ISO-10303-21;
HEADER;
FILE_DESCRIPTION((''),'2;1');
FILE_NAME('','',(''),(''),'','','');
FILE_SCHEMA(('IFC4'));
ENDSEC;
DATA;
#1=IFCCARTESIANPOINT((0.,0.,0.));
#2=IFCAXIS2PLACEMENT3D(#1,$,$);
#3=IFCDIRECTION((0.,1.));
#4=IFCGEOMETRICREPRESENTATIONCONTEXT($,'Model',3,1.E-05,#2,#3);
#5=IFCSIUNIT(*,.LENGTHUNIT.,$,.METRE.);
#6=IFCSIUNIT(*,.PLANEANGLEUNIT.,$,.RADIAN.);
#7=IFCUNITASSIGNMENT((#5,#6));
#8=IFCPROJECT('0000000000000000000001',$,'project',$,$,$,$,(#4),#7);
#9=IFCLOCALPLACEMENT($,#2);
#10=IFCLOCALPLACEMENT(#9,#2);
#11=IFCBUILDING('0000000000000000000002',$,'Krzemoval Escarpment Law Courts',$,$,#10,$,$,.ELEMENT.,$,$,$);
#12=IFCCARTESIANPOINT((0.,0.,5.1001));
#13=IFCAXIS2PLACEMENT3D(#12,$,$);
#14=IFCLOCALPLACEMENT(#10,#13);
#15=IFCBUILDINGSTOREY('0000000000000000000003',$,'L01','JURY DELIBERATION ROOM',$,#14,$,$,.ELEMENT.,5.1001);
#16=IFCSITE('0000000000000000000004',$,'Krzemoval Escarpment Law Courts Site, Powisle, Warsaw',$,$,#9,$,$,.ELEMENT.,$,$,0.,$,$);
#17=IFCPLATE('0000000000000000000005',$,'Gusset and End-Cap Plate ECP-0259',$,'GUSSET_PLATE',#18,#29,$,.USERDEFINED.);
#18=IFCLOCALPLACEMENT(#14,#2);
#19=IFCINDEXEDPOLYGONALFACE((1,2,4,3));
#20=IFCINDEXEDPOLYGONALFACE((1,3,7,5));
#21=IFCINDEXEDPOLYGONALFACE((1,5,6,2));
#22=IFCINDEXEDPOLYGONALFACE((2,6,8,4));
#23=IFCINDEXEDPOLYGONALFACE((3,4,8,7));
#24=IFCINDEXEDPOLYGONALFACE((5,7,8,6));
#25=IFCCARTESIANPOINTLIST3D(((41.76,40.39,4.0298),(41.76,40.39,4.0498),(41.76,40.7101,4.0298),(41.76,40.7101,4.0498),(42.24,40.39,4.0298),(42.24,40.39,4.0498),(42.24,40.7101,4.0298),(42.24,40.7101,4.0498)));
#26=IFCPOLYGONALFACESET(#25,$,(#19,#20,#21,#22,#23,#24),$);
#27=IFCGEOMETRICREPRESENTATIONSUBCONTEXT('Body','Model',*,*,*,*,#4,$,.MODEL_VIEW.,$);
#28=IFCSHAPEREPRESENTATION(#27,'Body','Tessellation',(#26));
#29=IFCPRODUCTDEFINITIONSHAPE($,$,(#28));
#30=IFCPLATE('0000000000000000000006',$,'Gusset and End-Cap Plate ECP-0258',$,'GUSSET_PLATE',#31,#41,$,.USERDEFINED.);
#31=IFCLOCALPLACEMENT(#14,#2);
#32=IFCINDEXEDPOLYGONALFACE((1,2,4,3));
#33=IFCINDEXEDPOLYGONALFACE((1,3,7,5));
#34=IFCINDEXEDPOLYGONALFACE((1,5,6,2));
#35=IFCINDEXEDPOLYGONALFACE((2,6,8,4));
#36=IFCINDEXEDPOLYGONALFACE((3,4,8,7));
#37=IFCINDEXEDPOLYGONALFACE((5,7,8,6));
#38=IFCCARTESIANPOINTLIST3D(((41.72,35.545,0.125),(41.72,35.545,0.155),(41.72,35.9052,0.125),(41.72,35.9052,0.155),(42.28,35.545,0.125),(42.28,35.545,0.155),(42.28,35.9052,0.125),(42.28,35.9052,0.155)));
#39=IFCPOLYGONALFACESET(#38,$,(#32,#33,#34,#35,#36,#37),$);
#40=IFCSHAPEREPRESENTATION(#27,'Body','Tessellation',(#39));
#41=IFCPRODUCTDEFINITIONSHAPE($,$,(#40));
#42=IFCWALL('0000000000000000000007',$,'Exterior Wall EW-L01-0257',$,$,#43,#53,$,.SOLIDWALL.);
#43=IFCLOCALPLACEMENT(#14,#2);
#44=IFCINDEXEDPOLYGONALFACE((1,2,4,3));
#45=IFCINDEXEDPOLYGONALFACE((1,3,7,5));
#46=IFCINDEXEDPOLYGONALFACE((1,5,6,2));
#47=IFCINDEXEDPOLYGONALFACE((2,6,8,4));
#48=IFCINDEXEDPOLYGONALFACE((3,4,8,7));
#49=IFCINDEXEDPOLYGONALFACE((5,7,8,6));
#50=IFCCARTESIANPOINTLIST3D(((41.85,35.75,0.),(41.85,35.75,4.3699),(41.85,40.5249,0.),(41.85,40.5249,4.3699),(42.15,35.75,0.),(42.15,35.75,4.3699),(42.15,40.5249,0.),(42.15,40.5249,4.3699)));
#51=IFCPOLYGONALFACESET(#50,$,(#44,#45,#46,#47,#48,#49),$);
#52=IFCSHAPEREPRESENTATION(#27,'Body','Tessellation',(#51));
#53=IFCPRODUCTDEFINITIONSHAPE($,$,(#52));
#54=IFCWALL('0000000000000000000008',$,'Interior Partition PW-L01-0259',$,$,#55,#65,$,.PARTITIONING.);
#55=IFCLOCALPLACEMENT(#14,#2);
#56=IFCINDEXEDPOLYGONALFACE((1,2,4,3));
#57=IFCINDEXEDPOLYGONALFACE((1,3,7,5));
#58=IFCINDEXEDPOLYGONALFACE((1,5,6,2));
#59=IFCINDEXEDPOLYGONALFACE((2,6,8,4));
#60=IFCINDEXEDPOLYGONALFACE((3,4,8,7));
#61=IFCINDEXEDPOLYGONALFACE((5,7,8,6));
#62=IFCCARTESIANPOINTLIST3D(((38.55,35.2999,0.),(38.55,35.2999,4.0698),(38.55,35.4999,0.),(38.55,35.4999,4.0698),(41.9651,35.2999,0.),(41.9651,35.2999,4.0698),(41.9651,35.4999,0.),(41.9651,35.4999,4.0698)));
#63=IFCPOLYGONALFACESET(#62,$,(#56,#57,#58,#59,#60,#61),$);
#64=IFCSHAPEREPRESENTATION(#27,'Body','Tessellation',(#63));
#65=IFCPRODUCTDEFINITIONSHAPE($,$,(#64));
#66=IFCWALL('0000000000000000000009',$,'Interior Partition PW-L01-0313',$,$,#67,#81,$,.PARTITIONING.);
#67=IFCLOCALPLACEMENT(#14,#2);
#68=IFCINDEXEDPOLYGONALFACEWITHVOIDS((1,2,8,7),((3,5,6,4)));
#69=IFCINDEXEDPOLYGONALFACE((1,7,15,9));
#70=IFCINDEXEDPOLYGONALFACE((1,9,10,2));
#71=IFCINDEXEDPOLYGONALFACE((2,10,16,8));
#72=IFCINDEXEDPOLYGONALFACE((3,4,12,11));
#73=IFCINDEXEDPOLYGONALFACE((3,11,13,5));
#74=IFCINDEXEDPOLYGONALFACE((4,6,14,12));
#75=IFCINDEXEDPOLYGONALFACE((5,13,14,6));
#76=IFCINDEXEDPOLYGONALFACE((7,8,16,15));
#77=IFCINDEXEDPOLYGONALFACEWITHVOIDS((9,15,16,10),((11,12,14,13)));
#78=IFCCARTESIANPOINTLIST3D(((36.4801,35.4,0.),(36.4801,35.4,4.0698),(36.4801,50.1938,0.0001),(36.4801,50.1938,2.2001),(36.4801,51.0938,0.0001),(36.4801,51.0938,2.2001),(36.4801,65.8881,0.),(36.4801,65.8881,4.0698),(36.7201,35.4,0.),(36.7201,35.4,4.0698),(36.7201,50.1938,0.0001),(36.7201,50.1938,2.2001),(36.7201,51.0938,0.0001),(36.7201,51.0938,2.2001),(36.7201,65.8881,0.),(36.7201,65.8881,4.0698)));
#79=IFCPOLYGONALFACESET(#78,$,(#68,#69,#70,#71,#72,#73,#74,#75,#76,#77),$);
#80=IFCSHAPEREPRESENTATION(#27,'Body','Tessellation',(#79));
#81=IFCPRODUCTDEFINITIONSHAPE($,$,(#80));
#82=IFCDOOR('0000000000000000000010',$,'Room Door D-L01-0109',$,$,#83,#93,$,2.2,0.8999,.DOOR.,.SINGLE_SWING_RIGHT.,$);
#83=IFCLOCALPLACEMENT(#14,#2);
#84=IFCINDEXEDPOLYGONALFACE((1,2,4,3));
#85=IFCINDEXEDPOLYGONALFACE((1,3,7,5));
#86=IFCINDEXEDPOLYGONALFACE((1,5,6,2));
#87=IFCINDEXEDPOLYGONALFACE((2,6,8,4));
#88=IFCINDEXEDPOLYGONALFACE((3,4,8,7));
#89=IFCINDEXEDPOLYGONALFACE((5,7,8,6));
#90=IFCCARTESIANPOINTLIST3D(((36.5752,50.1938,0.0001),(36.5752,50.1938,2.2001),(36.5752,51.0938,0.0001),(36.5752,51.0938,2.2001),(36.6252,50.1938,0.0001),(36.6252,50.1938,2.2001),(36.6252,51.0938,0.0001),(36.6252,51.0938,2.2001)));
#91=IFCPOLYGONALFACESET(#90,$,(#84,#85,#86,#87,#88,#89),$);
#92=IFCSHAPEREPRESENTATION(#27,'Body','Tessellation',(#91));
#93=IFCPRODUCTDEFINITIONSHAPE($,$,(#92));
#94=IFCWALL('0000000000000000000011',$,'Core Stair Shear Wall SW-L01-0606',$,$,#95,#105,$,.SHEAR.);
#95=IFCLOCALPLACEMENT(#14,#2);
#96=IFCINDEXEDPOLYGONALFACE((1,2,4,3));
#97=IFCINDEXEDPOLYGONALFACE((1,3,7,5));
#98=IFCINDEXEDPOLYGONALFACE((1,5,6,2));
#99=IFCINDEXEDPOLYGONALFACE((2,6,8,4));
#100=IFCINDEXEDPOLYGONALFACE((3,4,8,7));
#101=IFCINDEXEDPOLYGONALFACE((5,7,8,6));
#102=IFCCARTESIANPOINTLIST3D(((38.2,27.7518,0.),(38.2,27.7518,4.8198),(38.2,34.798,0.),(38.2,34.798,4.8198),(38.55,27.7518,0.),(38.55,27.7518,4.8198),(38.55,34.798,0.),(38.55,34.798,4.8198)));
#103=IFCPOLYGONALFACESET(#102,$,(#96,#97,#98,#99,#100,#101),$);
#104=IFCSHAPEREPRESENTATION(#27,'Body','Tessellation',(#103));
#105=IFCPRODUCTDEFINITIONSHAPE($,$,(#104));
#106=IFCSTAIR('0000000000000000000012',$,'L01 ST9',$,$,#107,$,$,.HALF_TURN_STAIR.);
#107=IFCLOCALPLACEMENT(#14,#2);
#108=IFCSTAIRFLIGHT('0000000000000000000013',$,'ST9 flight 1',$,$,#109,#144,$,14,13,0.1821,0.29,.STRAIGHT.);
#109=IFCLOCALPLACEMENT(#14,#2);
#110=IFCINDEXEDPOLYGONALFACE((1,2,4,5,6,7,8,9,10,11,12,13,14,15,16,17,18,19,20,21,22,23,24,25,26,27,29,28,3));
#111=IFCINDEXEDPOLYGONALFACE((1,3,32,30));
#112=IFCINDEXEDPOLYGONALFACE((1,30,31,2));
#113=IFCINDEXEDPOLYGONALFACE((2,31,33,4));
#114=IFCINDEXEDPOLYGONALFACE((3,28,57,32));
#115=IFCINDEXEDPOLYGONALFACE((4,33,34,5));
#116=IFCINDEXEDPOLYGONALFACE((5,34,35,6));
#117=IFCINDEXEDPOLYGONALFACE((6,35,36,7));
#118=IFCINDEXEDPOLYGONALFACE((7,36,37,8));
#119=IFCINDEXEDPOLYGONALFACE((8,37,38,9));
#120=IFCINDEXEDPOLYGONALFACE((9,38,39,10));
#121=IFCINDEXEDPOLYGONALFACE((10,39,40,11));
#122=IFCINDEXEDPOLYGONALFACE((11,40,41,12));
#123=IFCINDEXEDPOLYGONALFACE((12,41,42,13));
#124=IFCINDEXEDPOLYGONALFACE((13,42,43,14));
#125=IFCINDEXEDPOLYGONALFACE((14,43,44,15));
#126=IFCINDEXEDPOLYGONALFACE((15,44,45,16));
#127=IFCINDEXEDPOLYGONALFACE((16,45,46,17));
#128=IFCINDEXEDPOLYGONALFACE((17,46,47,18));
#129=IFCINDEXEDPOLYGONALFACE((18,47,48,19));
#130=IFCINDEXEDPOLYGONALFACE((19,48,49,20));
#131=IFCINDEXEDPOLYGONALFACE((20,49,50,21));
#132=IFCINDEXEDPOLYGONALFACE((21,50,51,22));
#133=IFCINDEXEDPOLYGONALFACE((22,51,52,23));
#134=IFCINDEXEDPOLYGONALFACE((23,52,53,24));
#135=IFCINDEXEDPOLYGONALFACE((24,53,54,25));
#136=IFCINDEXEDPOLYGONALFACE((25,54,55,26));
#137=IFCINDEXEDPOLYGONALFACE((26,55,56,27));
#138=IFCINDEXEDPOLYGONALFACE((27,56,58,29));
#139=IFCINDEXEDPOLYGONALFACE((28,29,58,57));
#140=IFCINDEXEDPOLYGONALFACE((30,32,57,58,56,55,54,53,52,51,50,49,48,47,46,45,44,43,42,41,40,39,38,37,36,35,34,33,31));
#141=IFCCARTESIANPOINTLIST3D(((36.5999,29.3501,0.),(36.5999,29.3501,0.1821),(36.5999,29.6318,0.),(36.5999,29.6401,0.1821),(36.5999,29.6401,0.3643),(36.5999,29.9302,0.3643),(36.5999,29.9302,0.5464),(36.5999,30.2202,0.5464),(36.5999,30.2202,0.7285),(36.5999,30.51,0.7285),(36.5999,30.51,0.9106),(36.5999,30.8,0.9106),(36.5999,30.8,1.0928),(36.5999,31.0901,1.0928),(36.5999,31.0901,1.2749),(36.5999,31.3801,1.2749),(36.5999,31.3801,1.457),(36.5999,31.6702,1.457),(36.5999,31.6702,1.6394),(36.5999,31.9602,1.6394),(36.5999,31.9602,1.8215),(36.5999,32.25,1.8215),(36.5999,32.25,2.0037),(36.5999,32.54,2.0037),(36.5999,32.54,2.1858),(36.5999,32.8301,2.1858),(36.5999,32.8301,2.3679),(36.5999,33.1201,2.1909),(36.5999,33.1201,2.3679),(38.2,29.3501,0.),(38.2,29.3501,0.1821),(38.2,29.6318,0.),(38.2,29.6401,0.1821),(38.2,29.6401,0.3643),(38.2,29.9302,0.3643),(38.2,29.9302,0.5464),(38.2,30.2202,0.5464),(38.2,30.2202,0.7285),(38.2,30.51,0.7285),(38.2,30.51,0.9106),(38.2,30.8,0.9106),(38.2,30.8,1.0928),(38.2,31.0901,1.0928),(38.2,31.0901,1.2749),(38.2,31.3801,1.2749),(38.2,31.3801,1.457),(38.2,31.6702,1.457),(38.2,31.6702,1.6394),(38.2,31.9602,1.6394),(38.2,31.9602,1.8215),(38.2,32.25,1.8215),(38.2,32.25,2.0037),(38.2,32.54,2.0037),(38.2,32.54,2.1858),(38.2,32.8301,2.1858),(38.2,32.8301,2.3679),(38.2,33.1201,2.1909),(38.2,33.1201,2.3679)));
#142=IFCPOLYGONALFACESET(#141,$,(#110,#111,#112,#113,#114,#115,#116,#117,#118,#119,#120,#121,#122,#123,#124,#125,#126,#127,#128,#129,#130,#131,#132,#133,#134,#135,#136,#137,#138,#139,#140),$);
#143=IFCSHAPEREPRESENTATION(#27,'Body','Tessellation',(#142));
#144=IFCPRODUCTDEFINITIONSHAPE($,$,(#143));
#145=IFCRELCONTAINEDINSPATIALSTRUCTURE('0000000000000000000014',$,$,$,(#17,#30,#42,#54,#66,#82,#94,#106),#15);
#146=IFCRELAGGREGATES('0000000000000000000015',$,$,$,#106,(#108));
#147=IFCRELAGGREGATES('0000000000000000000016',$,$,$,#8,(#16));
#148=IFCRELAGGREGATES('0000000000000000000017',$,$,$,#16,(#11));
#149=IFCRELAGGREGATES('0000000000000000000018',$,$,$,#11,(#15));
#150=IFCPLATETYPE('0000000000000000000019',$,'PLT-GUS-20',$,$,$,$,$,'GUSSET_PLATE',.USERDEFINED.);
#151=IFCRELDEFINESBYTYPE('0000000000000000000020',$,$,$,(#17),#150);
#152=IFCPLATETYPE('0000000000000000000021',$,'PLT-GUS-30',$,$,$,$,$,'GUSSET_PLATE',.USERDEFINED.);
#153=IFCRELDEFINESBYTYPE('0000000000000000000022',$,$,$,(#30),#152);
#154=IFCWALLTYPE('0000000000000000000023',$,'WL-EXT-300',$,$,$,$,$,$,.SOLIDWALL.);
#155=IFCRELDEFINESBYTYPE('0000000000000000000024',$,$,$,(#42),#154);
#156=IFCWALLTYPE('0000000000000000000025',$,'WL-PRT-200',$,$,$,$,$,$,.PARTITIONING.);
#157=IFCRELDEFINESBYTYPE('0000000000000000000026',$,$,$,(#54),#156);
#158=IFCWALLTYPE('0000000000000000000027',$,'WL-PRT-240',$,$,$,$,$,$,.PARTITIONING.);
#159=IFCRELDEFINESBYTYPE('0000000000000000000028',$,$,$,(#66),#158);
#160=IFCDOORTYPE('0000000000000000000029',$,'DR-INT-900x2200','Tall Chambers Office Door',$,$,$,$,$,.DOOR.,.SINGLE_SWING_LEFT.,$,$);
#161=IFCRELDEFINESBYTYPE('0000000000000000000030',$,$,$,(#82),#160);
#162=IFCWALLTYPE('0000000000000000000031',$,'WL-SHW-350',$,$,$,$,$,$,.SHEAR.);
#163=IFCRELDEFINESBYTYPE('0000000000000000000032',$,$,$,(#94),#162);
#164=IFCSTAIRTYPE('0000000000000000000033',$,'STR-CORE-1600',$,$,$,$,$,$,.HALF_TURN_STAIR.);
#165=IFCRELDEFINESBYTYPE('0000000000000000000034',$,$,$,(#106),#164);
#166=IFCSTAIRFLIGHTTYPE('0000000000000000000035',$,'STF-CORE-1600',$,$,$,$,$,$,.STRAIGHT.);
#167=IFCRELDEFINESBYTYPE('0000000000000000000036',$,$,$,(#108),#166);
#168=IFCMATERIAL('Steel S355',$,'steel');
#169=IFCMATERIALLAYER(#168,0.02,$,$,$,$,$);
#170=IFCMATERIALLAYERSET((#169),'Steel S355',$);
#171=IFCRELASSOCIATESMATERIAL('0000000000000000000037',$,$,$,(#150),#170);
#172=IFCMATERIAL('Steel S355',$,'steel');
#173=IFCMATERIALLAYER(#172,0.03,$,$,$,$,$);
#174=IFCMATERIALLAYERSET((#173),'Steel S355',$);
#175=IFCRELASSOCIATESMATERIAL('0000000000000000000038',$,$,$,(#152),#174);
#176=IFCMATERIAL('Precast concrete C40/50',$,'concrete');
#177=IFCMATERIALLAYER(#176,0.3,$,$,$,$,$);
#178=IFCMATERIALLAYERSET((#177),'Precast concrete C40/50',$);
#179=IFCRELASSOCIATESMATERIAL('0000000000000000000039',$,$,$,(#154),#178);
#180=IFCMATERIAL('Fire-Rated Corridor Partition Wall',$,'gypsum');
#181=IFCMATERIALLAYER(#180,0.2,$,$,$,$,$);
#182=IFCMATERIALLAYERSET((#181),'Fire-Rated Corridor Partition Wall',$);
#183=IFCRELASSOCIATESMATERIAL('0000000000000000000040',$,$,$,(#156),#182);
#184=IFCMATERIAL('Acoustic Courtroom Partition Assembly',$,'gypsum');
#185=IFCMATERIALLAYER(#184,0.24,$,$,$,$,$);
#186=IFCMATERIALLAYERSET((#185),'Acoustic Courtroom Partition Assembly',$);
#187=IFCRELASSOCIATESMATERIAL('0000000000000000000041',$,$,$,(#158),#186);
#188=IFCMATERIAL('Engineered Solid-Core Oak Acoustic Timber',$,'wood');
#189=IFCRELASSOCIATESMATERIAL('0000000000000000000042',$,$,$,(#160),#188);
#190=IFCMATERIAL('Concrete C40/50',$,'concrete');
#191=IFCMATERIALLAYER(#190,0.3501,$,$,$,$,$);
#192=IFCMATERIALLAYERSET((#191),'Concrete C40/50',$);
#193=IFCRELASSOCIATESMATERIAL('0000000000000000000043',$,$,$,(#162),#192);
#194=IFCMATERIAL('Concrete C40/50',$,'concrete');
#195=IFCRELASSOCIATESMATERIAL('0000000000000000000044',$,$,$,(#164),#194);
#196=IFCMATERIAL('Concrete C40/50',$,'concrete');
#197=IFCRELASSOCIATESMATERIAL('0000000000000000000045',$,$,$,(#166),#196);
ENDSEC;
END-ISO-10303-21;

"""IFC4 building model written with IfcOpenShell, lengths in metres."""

from ifc_helpers import new_model, si_unit, direction, frame, frame_2d, origin, origin_2d, place, context, subcontext, project, spatial, polyline, rectangle, outline, extrude, material, layer, layer_set, type_object, element, fill, aggregate, save


model = new_model("IFC4")

# Units and contexts
model_context = context("Model", 3, precision=1e-05, world=origin(), true_north=direction((0.0, 1.0)))
body_context = subcontext(model_context, "Body", "Model", "MODEL_VIEW")
ifc_project = project(units=[si_unit("LENGTHUNIT", "METRE"), si_unit("PLANEANGLEUNIT", "RADIAN")], contexts=[model_context])

# Site, building, storey
site_placement = place(None, origin())
site = spatial("IfcSite", under=ifc_project, at=site_placement, Name="Krzemoval Escarpment Law Courts Site, Powisle, Warsaw", CompositionType="ELEMENT", RefElevation=0.0)
building_placement = place(site_placement, origin())
building = spatial("IfcBuilding", under=site, at=building_placement, Name="Krzemoval Escarpment Law Courts", CompositionType="ELEMENT")
storey_placement = place(building_placement, frame((0.0, 0.0, 5.1001)))
storey = spatial("IfcBuildingStorey", under=building, at=storey_placement, Name="L01", Description="JURY DELIBERATION ROOM", CompositionType="ELEMENT", Elevation=5.1001)

# Plates
ifc_material_1 = material(Name="Steel S355", Category="steel")
ifc_layer_1 = layer(ifc_material_1, 0.02)
ifc_layer_set_1 = layer_set([ifc_layer_1], Name="Steel S355")
plate_type_1 = type_object("IfcPlateType", Name="PLT-GUS-20", ElementType="GUSSET_PLATE", PredefinedType="USERDEFINED", material=ifc_layer_set_1)
plate_1_placement = place(storey_placement, frame((42.0, 40.55, 4.0298), z_axis=(0.0, 0.0, 1.0), x_axis=(1.0, 0.0, 0.0)))
element("IfcPlate", 1, at=plate_1_placement, inside=storey, type_object=plate_type_1, Name="Gusset and End-Cap Plate ECP-0259", ObjectType="GUSSET_PLATE", PredefinedType="USERDEFINED", context=body_context, shape_type="SweptSolid", body=[
    extrude(rectangle(XDim=0.48, YDim=0.3201, at=origin_2d()), origin(), (0.0, 0.0, 1.0), 0.02),
])
ifc_material_2 = material(Name="Steel S355", Category="steel")
ifc_layer_2 = layer(ifc_material_2, 0.03)
ifc_layer_set_2 = layer_set([ifc_layer_2], Name="Steel S355")
plate_type_2 = type_object("IfcPlateType", Name="PLT-GUS-30", ElementType="GUSSET_PLATE", PredefinedType="USERDEFINED", material=ifc_layer_set_2)
plate_2_placement = place(storey_placement, frame((42.0, 35.7251, 0.125), z_axis=(0.0, 0.0, 1.0), x_axis=(1.0, 0.0, 0.0)))
element("IfcPlate", 2, at=plate_2_placement, inside=storey, type_object=plate_type_2, Name="Gusset and End-Cap Plate ECP-0258", ObjectType="GUSSET_PLATE", PredefinedType="USERDEFINED", context=body_context, shape_type="SweptSolid", body=[
    extrude(rectangle(XDim=0.5601, YDim=0.3601, at=origin_2d()), origin(), (0.0, 0.0, 1.0), 0.03),
])

# Walls
ifc_material_3 = material(Name="Precast concrete C40/50", Category="concrete")
ifc_layer_3 = layer(ifc_material_3, 0.3)
ifc_layer_set_3 = layer_set([ifc_layer_3], Name="Precast concrete C40/50")
wall_type_1 = type_object("IfcWallType", Name="WL-EXT-300", PredefinedType="SOLIDWALL", material=ifc_layer_set_3)
wall_1_placement = place(storey_placement, frame((42.0, 40.5249, 0.0), z_axis=(0.0, 0.0, 1.0), x_axis=(0.0, -1.0, 0.0)))
element("IfcWall", 3, at=wall_1_placement, inside=storey, type_object=wall_type_1, Name="Exterior Wall EW-L01-0257", PredefinedType="SOLIDWALL", context=body_context, shape_type="SweptSolid", body=[
    extrude(rectangle(XDim=4.7749, YDim=0.3, at=frame_2d((2.3875, 0.0))), origin(), (0.0, 0.0, 1.0), 4.3699),
])
ifc_material_4 = material(Name="Fire-Rated Corridor Partition Wall", Category="gypsum")
ifc_layer_4 = layer(ifc_material_4, 0.2)
ifc_layer_set_4 = layer_set([ifc_layer_4], Name="Fire-Rated Corridor Partition Wall")
wall_type_2 = type_object("IfcWallType", Name="WL-PRT-200", PredefinedType="PARTITIONING", material=ifc_layer_set_4)
wall_2_placement = place(storey_placement, frame((38.55, 35.3999, 0.0), z_axis=(0.0, 0.0, 1.0), x_axis=(1.0, 0.0, 0.0)))
element("IfcWall", 4, at=wall_2_placement, inside=storey, type_object=wall_type_2, Name="Interior Partition PW-L01-0259", PredefinedType="PARTITIONING", context=body_context, shape_type="SweptSolid", body=[
    extrude(rectangle(XDim=3.415, YDim=0.2, at=frame_2d((1.7075, 0.0))), origin(), (0.0, 0.0, 1.0), 4.0698),
])

# Wall, opening, door
ifc_material_5 = material(Name="Acoustic Courtroom Partition Assembly", Category="gypsum")
ifc_layer_5 = layer(ifc_material_5, 0.24)
ifc_layer_set_5 = layer_set([ifc_layer_5], Name="Acoustic Courtroom Partition Assembly")
wall_type_3 = type_object("IfcWallType", Name="WL-PRT-240", PredefinedType="PARTITIONING", material=ifc_layer_set_5)
wall_3_placement = place(storey_placement, frame((36.6001, 35.3999, 0.0), z_axis=(0.0, 0.0, 1.0), x_axis=(0.0, 1.0, 0.0)))
wall_3 = element("IfcWall", 5, at=wall_3_placement, inside=storey, type_object=wall_type_3, Name="Interior Partition PW-L01-0313", PredefinedType="PARTITIONING", context=body_context, shape_type="SweptSolid", body=[
    extrude(rectangle(XDim=30.488, YDim=0.24, at=frame_2d((15.2441, 0.0))), origin(), (0.0, 0.0, 1.0), 4.0698),
])
opening_placement = place(wall_3_placement, frame((14.7939, 0.0, 0.0)))
opening = element("IfcOpeningElement", 6, at=opening_placement, cuts=wall_3, PredefinedType="OPENING", context=body_context, shape_type="SweptSolid", body=[
    extrude(rectangle(XDim=0.8999, YDim=2.2, at=frame_2d((0.45, 1.1001))), frame((0.0, 0.135, 0.0), z_axis=(0.0, -1.0, 0.0), x_axis=(1.0, 0.0, 0.0)), (0.0, 0.0, 1.0), 0.27),
])
ifc_material_6 = material(Name="Engineered Solid-Core Oak Acoustic Timber", Category="wood")
door_type = type_object("IfcDoorType", Name="DR-INT-900x2200", Description="Tall Chambers Office Door", OperationType="SINGLE_SWING_LEFT", PredefinedType="DOOR", material=ifc_material_6)
door_placement = place(opening_placement, origin())
door = element("IfcDoor", 7, at=door_placement, inside=storey, type_object=door_type, Name="Room Door D-L01-0109", OperationType="SINGLE_SWING_RIGHT", OverallHeight=2.2, OverallWidth=0.8999, PredefinedType="DOOR", context=body_context, shape_type="SweptSolid", body=[
    extrude(rectangle(XDim=0.8999, YDim=2.2, at=frame_2d((0.45, 1.1001))), frame((0.0, 0.0249, 0.0), z_axis=(0.0, -1.0, 0.0), x_axis=(1.0, 0.0, 0.0)), (0.0, 0.0, 1.0), 0.05),
])
fill(opening, door)

# Wall
ifc_material_7 = material(Name="Concrete C40/50", Category="concrete")
ifc_layer_6 = layer(ifc_material_7, 0.3501)
ifc_layer_set_6 = layer_set([ifc_layer_6], Name="Concrete C40/50")
wall_type_4 = type_object("IfcWallType", Name="WL-SHW-350", PredefinedType="SHEAR", material=ifc_layer_set_6)
wall_4_placement = place(storey_placement, frame((38.375, 27.752, 0.0), z_axis=(0.0, 0.0, 1.0), x_axis=(0.0, 1.0, 0.0)))
element("IfcWall", 8, at=wall_4_placement, inside=storey, type_object=wall_type_4, Name="Core Stair Shear Wall SW-L01-0606", PredefinedType="SHEAR", context=body_context, shape_type="SweptSolid", body=[
    extrude(rectangle(XDim=7.0461, YDim=0.3501, at=frame_2d((3.5229, 0.0))), origin(), (0.0, 0.0, 1.0), 4.8198),
])

# Stair, stair flight
ifc_material_8 = material(Name="Concrete C40/50", Category="concrete")
stair_type = type_object("IfcStairType", Name="STR-CORE-1600", PredefinedType="HALF_TURN_STAIR", material=ifc_material_8)
stair_placement = place(storey_placement, origin())
stair = element("IfcStair", 9, at=stair_placement, inside=storey, type_object=stair_type, Name="L01 ST9", PredefinedType="HALF_TURN_STAIR")
ifc_material_9 = material(Name="Concrete C40/50", Category="concrete")
stair_flight_type = type_object("IfcStairFlightType", Name="STF-CORE-1600", PredefinedType="STRAIGHT", material=ifc_material_9)
stair_flight_1_placement = place(storey_placement, frame((37.3999, 29.3501, 0.0), z_axis=(0.0, 0.0, 1.0), x_axis=(0.0, 1.0, 0.0)))
stair_flight_1 = element("IfcStairFlight", 10, at=stair_flight_1_placement, type_object=stair_flight_type, Name="ST9 flight 1", NumberOfRisers=14, NumberOfTreads=13, PredefinedType="STRAIGHT", RiserHeight=0.1821, TreadLength=0.29, context=body_context, shape_type="SweptSolid", body=[
    extrude(outline(polyline([(0.0, 0.0), (0.0, 0.1821), (0.29, 0.1821), (0.29, 0.3643), (0.5801, 0.3643), (0.5801, 0.5464), (0.8701, 0.5464), (0.8701, 0.7285), (1.1599, 0.7285), (1.1599, 0.9106), (1.45, 0.9106), (1.45, 1.0928), (1.74, 1.0928), (1.74, 1.2749), (2.03, 1.2749), (2.03, 1.457), (2.3201, 1.457), (2.3201, 1.6394), (2.6101, 1.6394), (2.6101, 1.8215), (2.8999, 1.8215), (2.8999, 2.0037), (3.1899, 2.0037), (3.1899, 2.1858), (3.48, 2.1858), (3.48, 2.3679), (3.77, 2.3679), (3.77, 2.55), (3.77, 2.1909), (0.2817, 0.0), (0.0, 0.0)])), frame((0.0, 0.8, 0.0), z_axis=(0.0, -1.0, 0.0), x_axis=(1.0, 0.0, 0.0)), (0.0, 0.0, 1.0), 1.6001),
])
aggregate(stair, [stair_flight_1])

save(model, "model.ifc")
